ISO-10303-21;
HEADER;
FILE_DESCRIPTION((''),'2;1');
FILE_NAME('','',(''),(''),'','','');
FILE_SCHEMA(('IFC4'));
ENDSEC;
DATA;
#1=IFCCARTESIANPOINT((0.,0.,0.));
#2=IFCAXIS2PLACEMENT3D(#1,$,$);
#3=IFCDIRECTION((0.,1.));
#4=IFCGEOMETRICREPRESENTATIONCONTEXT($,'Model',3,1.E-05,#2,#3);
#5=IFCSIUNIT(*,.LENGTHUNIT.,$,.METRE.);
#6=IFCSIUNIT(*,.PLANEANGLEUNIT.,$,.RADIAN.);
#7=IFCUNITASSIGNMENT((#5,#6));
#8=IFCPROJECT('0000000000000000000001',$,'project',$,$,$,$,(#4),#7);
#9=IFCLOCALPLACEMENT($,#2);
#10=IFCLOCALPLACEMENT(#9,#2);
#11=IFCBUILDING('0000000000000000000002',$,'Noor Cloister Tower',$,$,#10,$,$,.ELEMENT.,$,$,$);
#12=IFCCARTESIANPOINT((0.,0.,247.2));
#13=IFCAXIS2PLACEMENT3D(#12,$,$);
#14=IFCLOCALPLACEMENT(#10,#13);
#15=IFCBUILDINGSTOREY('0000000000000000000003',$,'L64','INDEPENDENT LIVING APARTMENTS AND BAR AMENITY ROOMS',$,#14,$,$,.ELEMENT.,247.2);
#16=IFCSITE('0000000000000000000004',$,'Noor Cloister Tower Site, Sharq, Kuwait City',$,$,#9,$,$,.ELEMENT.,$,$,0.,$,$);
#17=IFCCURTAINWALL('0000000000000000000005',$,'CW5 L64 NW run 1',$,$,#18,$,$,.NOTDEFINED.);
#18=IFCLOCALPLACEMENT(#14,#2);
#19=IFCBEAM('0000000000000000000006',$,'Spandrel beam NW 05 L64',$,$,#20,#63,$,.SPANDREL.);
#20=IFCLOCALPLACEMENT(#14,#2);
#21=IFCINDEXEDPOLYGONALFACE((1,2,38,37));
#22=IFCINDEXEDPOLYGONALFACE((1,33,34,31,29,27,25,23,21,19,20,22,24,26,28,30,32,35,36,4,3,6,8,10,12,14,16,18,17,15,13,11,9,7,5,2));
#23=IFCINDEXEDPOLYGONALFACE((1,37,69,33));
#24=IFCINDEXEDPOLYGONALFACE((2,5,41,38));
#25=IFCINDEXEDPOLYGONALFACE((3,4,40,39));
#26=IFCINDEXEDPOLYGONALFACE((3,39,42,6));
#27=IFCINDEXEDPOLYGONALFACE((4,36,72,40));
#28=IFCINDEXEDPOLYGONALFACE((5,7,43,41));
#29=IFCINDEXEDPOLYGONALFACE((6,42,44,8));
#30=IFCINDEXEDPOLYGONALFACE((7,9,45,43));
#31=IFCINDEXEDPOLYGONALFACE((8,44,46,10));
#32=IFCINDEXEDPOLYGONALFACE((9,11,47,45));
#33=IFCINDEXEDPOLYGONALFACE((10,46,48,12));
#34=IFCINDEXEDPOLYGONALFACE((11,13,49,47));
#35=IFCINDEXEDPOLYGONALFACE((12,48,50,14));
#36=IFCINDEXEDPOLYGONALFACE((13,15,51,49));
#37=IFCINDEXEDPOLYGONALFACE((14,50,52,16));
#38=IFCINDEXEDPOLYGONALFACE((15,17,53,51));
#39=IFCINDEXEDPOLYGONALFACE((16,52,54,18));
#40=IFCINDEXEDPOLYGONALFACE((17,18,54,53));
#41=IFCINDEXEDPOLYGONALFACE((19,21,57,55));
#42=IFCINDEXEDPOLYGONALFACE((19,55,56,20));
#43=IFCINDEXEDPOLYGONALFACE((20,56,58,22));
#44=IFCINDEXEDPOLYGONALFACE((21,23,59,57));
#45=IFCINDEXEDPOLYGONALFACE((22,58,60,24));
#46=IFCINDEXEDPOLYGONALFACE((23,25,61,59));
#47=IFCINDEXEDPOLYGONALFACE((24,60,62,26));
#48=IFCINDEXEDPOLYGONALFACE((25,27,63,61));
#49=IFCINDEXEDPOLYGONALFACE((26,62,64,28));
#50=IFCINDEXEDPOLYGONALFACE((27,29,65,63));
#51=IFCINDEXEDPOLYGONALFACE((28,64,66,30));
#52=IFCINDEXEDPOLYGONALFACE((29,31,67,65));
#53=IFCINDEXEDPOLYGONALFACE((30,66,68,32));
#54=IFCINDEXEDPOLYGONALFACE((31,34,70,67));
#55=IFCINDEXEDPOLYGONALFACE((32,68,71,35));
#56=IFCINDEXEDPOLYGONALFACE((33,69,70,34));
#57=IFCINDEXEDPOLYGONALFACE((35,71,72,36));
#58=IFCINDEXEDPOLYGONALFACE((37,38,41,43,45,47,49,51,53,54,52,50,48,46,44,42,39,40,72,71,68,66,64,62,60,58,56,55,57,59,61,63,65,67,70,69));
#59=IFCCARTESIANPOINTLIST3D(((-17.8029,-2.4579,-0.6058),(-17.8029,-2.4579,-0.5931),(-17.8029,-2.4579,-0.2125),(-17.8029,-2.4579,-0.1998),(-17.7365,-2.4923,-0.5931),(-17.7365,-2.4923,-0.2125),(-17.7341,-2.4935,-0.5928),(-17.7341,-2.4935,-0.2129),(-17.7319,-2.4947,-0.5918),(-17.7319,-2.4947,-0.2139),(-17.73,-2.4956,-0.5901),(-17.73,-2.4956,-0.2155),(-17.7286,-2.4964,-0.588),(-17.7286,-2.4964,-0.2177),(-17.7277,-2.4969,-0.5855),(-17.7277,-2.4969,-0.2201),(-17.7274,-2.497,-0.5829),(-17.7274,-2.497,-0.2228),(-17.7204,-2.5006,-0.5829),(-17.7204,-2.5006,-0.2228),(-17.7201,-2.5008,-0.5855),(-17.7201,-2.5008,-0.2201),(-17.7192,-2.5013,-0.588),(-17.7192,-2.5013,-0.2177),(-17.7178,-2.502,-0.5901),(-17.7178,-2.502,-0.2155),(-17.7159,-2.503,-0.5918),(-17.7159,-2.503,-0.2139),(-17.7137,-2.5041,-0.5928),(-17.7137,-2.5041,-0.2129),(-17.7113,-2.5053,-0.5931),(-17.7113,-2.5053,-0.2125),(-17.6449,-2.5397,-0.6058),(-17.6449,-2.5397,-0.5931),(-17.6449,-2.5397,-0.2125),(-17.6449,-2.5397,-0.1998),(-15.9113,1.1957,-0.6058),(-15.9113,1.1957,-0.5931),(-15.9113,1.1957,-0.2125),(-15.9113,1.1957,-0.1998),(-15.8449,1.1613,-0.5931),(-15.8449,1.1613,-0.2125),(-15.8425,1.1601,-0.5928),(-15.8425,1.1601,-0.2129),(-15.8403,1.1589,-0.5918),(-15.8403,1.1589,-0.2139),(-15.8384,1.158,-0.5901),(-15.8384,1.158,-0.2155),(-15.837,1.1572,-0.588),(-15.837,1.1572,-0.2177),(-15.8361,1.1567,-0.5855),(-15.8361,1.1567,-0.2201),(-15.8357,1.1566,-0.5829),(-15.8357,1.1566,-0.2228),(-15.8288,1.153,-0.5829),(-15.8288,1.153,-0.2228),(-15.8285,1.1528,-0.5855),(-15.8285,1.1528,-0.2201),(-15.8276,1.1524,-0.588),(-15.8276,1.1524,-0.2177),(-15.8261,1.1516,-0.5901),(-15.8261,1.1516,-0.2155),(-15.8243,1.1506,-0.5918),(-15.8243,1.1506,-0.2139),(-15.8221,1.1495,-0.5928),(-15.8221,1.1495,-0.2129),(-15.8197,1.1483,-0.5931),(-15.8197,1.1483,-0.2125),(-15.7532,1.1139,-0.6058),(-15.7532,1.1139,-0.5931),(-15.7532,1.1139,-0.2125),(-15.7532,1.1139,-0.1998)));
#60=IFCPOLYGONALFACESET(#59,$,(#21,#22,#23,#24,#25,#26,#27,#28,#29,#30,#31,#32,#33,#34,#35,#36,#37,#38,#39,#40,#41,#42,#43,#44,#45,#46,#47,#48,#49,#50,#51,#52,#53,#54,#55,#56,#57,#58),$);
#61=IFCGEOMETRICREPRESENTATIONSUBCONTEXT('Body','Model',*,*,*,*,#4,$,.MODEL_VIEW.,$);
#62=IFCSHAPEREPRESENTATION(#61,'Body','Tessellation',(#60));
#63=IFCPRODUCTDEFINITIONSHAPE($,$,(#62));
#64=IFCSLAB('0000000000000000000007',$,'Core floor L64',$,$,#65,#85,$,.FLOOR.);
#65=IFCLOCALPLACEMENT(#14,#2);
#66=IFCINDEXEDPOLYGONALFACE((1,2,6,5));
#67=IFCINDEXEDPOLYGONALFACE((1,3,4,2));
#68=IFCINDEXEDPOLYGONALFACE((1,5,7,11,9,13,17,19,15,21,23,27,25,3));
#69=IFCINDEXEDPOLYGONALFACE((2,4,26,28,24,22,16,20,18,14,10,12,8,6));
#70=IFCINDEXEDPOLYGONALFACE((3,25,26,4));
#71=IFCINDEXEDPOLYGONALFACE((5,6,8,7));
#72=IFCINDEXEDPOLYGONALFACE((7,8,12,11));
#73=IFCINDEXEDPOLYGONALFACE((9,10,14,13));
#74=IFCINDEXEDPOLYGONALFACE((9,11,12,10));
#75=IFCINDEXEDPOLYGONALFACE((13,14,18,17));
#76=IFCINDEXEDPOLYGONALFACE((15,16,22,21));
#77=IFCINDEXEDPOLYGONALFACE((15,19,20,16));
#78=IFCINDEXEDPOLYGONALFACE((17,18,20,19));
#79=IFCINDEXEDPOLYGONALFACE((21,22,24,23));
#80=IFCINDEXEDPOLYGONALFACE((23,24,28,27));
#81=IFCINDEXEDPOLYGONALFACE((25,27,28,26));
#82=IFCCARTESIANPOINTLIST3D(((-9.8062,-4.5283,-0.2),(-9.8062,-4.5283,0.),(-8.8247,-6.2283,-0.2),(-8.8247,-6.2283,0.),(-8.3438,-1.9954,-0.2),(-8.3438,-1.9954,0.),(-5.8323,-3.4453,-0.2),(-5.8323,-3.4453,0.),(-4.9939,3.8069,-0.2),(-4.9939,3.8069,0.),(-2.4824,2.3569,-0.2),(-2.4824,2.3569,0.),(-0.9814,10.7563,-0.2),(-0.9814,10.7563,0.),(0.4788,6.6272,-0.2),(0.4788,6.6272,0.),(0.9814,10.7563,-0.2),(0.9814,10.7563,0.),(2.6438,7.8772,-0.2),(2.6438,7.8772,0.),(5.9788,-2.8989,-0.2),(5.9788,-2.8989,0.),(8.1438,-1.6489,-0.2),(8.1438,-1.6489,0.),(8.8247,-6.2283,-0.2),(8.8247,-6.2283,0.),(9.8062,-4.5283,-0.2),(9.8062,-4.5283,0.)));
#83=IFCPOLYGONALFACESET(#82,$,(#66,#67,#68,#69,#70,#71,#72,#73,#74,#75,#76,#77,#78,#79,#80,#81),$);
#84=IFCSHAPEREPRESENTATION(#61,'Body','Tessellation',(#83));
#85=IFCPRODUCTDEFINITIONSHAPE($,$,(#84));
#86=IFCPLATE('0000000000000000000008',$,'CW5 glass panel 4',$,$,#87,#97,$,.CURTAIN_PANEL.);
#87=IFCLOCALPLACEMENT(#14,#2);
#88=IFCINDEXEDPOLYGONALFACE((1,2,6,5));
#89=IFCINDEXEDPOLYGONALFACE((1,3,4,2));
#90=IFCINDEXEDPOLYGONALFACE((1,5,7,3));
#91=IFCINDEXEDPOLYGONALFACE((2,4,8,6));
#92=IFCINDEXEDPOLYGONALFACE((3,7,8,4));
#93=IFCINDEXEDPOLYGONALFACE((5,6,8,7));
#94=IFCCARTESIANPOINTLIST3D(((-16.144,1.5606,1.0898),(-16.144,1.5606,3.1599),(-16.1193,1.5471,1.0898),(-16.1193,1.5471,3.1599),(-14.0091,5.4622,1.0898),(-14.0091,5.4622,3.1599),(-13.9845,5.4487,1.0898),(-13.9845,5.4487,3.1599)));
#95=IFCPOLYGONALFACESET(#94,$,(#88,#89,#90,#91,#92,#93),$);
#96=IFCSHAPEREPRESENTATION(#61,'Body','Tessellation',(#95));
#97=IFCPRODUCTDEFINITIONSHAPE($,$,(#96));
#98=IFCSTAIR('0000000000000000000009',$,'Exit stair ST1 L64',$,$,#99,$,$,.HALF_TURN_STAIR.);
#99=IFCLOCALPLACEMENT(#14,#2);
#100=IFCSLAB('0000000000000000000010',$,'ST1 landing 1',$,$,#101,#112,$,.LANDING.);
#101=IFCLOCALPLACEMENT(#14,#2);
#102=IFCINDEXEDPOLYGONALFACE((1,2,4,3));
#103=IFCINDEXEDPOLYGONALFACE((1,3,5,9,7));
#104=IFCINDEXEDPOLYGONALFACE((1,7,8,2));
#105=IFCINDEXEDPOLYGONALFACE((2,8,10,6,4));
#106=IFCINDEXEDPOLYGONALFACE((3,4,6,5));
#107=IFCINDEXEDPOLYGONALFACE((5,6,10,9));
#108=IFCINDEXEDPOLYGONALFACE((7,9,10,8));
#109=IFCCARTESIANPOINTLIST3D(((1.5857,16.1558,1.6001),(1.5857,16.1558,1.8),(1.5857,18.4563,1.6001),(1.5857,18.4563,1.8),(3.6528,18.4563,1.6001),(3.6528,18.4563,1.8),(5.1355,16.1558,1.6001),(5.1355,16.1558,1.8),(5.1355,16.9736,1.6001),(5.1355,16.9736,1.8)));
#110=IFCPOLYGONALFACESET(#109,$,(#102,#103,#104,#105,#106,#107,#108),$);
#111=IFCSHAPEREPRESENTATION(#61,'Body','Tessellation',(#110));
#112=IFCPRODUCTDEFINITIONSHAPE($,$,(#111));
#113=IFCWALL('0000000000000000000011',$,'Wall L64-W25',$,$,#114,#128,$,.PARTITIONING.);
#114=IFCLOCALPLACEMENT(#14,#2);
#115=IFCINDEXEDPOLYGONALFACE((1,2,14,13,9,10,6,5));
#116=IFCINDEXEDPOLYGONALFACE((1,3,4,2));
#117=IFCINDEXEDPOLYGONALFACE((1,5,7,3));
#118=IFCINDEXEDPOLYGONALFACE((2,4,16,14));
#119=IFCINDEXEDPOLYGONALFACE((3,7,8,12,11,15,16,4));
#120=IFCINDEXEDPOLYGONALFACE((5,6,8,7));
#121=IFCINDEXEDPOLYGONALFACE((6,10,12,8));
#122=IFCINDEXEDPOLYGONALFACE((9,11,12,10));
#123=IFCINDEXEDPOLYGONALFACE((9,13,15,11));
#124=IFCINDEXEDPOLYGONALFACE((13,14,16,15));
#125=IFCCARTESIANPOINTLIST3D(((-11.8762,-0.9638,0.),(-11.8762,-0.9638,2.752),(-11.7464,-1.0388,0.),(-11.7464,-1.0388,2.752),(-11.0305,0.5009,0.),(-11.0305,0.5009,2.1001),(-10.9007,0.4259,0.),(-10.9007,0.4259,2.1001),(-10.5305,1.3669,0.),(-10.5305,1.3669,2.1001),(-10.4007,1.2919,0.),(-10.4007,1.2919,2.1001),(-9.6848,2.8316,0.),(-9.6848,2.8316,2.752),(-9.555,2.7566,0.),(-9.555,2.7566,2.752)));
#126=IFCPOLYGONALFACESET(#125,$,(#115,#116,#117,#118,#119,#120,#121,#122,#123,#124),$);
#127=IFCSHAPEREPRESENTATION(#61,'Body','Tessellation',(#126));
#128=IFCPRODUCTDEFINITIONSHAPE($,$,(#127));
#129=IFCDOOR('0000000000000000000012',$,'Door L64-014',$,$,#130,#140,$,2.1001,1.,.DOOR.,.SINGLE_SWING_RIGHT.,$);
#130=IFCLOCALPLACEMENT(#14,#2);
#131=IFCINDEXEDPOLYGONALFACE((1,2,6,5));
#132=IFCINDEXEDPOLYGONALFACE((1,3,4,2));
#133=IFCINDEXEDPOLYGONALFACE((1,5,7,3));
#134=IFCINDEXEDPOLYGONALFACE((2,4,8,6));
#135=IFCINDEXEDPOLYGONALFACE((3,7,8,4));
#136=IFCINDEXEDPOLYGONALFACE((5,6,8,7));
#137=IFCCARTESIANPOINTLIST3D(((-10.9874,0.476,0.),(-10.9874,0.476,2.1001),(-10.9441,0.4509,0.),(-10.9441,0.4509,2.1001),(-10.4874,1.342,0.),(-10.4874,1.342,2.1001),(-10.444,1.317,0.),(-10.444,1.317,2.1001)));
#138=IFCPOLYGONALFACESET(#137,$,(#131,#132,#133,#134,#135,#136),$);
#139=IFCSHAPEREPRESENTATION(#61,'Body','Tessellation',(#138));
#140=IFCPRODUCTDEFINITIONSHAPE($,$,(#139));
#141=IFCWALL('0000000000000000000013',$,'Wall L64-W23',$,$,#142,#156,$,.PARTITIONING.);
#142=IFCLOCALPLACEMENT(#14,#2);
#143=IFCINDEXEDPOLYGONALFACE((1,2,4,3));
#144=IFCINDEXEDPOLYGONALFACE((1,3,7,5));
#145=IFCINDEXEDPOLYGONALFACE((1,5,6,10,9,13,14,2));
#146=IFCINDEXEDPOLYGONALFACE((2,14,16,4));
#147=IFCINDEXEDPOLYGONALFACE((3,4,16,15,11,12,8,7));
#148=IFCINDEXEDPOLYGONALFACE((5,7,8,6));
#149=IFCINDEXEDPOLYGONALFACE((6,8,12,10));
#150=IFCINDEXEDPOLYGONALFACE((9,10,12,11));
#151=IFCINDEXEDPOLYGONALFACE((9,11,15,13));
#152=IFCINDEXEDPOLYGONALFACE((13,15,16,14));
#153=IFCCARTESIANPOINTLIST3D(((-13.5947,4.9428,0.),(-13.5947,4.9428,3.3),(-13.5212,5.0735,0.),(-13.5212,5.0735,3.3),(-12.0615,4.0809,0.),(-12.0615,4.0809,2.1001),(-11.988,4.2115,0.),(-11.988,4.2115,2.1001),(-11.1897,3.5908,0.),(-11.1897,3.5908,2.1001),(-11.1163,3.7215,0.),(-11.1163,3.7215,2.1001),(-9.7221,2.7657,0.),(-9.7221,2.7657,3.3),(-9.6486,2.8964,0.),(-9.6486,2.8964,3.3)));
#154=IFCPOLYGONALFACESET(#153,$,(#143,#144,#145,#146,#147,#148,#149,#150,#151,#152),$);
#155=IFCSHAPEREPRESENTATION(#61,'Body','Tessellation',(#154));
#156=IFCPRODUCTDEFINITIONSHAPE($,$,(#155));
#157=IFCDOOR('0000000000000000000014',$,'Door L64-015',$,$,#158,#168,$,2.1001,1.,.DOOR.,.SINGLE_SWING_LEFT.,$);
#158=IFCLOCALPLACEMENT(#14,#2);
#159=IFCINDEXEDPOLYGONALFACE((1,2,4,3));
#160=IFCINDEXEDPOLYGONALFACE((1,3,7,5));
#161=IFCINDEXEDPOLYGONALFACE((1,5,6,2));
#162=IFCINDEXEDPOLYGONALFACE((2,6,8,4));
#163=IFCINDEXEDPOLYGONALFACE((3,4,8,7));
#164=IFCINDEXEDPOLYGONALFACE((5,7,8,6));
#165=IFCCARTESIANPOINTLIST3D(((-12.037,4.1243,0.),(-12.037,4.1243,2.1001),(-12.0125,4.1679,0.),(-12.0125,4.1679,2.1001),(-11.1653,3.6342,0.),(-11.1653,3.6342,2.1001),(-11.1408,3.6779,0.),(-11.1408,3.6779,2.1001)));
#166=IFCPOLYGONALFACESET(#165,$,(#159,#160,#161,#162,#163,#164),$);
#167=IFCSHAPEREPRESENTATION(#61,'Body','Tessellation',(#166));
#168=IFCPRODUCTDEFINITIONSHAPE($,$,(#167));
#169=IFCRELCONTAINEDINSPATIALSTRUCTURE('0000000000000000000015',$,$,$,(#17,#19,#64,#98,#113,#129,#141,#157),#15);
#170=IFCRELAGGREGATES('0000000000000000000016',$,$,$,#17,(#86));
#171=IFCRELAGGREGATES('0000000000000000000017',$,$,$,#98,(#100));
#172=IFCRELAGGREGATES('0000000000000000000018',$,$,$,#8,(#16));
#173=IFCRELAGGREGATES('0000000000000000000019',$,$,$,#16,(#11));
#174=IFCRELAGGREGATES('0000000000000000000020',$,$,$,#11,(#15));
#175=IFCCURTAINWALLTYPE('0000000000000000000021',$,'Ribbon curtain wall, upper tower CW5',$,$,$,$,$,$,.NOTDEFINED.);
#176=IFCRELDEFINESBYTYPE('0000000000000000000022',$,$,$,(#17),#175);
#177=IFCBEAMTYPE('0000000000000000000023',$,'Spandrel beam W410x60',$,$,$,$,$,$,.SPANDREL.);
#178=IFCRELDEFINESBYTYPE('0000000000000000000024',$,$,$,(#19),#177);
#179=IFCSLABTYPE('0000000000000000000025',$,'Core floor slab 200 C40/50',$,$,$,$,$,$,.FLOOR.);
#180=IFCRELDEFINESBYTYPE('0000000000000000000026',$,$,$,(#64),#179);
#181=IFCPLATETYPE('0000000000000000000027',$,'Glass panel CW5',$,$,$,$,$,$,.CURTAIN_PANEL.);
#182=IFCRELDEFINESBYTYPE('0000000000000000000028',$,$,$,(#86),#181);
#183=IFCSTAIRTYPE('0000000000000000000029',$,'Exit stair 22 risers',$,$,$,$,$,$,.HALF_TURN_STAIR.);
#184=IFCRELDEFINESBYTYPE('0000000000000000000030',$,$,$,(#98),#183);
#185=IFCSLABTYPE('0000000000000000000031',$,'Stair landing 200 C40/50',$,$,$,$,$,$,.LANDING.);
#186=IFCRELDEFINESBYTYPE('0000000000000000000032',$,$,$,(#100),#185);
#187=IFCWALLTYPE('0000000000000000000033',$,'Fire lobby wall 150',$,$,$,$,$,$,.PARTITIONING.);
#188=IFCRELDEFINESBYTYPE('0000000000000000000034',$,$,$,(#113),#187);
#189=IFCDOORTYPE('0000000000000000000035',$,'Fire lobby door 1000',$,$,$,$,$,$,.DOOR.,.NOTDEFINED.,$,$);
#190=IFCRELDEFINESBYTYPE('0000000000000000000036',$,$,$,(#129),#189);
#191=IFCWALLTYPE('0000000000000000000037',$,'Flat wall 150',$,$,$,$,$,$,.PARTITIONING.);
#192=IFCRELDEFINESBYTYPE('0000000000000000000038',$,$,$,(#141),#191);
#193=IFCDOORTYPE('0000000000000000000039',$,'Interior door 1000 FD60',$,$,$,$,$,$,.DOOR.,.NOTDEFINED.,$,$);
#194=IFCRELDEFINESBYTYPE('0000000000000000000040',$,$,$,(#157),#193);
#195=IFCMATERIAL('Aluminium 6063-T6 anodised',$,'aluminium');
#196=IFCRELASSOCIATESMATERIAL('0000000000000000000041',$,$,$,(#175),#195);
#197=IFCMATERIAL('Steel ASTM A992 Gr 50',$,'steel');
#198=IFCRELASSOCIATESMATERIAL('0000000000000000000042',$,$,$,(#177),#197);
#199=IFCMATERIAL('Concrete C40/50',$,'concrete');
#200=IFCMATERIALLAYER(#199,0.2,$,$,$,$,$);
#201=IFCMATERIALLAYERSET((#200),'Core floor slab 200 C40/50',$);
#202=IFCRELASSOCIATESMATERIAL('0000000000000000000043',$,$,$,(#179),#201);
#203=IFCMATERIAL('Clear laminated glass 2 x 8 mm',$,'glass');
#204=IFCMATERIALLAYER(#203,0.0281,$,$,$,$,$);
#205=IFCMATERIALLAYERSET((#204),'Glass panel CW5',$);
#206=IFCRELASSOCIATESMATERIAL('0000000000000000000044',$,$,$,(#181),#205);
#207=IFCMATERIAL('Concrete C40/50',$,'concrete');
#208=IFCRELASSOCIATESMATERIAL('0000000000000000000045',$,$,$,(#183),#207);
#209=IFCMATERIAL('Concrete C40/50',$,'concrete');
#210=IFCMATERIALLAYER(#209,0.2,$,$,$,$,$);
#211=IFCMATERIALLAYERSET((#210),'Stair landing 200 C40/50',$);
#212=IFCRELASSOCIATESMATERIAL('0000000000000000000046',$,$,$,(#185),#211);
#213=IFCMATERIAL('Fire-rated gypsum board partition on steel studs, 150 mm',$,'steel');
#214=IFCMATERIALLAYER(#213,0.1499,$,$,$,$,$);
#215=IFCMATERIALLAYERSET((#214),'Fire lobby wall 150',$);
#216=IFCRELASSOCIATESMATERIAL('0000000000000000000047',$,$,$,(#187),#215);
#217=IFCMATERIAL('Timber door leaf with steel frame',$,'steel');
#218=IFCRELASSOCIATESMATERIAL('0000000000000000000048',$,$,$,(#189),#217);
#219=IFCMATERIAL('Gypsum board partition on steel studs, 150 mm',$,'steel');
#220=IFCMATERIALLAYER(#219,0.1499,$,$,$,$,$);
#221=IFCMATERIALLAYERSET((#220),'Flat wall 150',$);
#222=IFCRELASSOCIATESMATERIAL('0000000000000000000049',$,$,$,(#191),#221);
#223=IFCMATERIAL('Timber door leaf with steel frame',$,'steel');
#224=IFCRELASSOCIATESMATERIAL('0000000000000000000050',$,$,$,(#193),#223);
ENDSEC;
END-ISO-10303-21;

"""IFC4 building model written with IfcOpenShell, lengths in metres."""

from ifc_helpers import new_model, si_unit, direction, frame, frame_2d, origin, origin_2d, place, context, subcontext, project, spatial, polyline, rectangle, i_section, outline, extrude, material, layer, layer_set, material_profile, profile_set, type_object, element, fill, aggregate, save


model = new_model("IFC4")

# Units and contexts
model_context = context("Model", 3, precision=1e-05, world=origin(), true_north=direction((0.0, 1.0)))
body_context = subcontext(model_context, "Body", "Model", "MODEL_VIEW")
ifc_project = project(units=[si_unit("LENGTHUNIT", "METRE"), si_unit("PLANEANGLEUNIT", "RADIAN")], contexts=[model_context])

# Site, building, storey
site_placement = place(None, origin())
site = spatial("IfcSite", under=ifc_project, at=site_placement, Name="Noor Cloister Tower Site, Sharq, Kuwait City", CompositionType="ELEMENT", RefElevation=0.0)
building_placement = place(site_placement, origin())
building = spatial("IfcBuilding", under=site, at=building_placement, Name="Noor Cloister Tower", CompositionType="ELEMENT")
storey_placement = place(building_placement, frame((0.0, 0.0, 247.2)))
storey = spatial("IfcBuildingStorey", under=building, at=storey_placement, Name="L64", Description="INDEPENDENT LIVING APARTMENTS AND BAR AMENITY ROOMS", CompositionType="ELEMENT", Elevation=247.2)

# Curtain wall
ifc_material_1 = material(Name="Aluminium 6063-T6 anodised", Category="aluminium")
curtain_wall_type = type_object("IfcCurtainWallType", Name="Ribbon curtain wall, upper tower CW5", PredefinedType="NOTDEFINED", material=ifc_material_1)
curtain_wall_placement = place(storey_placement, origin())
curtain_wall = element("IfcCurtainWall", 1, at=curtain_wall_placement, inside=storey, type_object=curtain_wall_type, Name="CW5 L64 NW run 1", PredefinedType="NOTDEFINED")

# Beam
ifc_material_2 = material(Name="Steel ASTM A992 Gr 50", Category="steel")
ifc_material_profile_1 = material_profile(ifc_material_2, i_section(OverallWidth=0.178, OverallDepth=0.406, WebThickness=0.0078, FlangeThickness=0.0127, FilletRadius=0.0103, at=origin_2d()), Name="W410x60")
ifc_profile_set_1 = profile_set([ifc_material_profile_1], Name="Steel ASTM A992 Gr 50")
beam_type_1 = type_object("IfcBeamType", Name="Spandrel beam W410x60", PredefinedType="SPANDREL", material=ifc_profile_set_1)
beam_1_placement = place(storey_placement, frame((-15.8323, 1.1548, -0.4028), z_axis=(-0.459773, -0.888036, 0.0), x_axis=(0.888036, -0.459773, 0.0)))
element("IfcBeam", 2, at=beam_1_placement, inside=storey, type_object=beam_type_1, Name="Spandrel beam NW 05 L64", PredefinedType="SPANDREL", context=body_context, shape_type="SweptSolid", body=[
    extrude(i_section(OverallWidth=0.178, OverallDepth=0.406, WebThickness=0.0078, FlangeThickness=0.0127, FilletRadius=0.0103, at=origin_2d()), origin(), (0.0, 0.0, 1.0), 4.1143),
])

# Slab
ifc_material_3 = material(Name="Concrete C40/50", Category="concrete")
ifc_layer_1 = layer(ifc_material_3, 0.2)
ifc_layer_set_1 = layer_set([ifc_layer_1], Name="Core floor slab 200 C40/50")
slab_type_1 = type_object("IfcSlabType", Name="Core floor slab 200 C40/50", PredefinedType="FLOOR", material=ifc_layer_set_1)
slab_1_placement = place(storey_placement, frame((0.0, 0.0, -0.2)))
element("IfcSlab", 3, at=slab_1_placement, inside=storey, type_object=slab_type_1, Name="Core floor L64", PredefinedType="FLOOR", context=body_context, shape_type="SweptSolid", body=[
    extrude(outline(polyline([(2.6438, 7.8772), (0.9814, 10.7563), (-0.9814, 10.7563), (-4.9939, 3.8069), (-2.4824, 2.3569), (-5.8323, -3.4453), (-8.3438, -1.9954), (-9.8062, -4.5283), (-8.8247, -6.2283), (8.8247, -6.2283), (9.8062, -4.5283), (8.1438, -1.6489), (5.9788, -2.8989), (0.4788, 6.6272), (2.6438, 7.8772)])), origin(), (0.0, 0.0, 1.0), 0.2),
])

# Plate
ifc_material_4 = material(Name="Clear laminated glass 2 x 8 mm", Category="glass")
ifc_layer_2 = layer(ifc_material_4, 0.0281)
ifc_layer_set_2 = layer_set([ifc_layer_2], Name="Glass panel CW5")
plate_type = type_object("IfcPlateType", Name="Glass panel CW5", PredefinedType="CURTAIN_PANEL", material=ifc_layer_set_2)
plate_placement = place(storey_placement, frame((-15.0642, 3.5046, 1.0898), z_axis=(0.0, 0.0, 1.0), x_axis=(-0.480015, -0.87726, 0.0)))
plate = element("IfcPlate", 4, at=plate_placement, type_object=plate_type, Name="CW5 glass panel 4", PredefinedType="CURTAIN_PANEL", context=body_context, shape_type="SweptSolid", body=[
    extrude(rectangle(XDim=4.4475, YDim=0.0281, at=origin_2d()), origin(), (0.0, 0.0, 1.0), 2.0701),
])
aggregate(curtain_wall, [plate])

# Stair, slab
ifc_material_5 = material(Name="Concrete C40/50", Category="concrete")
stair_type = type_object("IfcStairType", Name="Exit stair 22 risers", PredefinedType="HALF_TURN_STAIR", material=ifc_material_5)
stair_placement = place(storey_placement, origin())
stair = element("IfcStair", 5, at=stair_placement, inside=storey, type_object=stair_type, Name="Exit stair ST1 L64", PredefinedType="HALF_TURN_STAIR")
ifc_material_6 = material(Name="Concrete C40/50", Category="concrete")
ifc_layer_3 = layer(ifc_material_6, 0.2)
ifc_layer_set_3 = layer_set([ifc_layer_3], Name="Stair landing 200 C40/50")
slab_type_2 = type_object("IfcSlabType", Name="Stair landing 200 C40/50", PredefinedType="LANDING", material=ifc_layer_set_3)
slab_2_placement = place(storey_placement, frame((0.0, 0.0, 1.6001)))
slab_2 = element("IfcSlab", 6, at=slab_2_placement, type_object=slab_type_2, Name="ST1 landing 1", PredefinedType="LANDING", context=body_context, shape_type="SweptSolid", body=[
    extrude(outline(polyline([(5.1355, 16.1558), (5.1355, 16.9736), (3.6528, 18.4563), (1.5857, 18.4563), (1.5857, 16.1558), (5.1355, 16.1558)])), origin(), (0.0, 0.0, 1.0), 0.2),
])
aggregate(stair, [slab_2])

# Walls, openings, doors
ifc_material_7 = material(Name="Fire-rated gypsum board partition on steel studs, 150 mm", Category="steel")
ifc_layer_4 = layer(ifc_material_7, 0.1499)
ifc_layer_set_4 = layer_set([ifc_layer_4], Name="Fire lobby wall 150")
wall_type_1 = type_object("IfcWallType", Name="Fire lobby wall 150", PredefinedType="PARTITIONING", material=ifc_layer_set_4)
wall_1_placement = place(storey_placement, frame((-9.6199, 2.7942, 0.0), z_axis=(0.0, 0.0, 1.0), x_axis=(-0.500021, -0.866013, 0.0)))
wall_1 = element("IfcWall", 7, at=wall_1_placement, inside=storey, type_object=wall_type_1, Name="Wall L64-W25", PredefinedType="PARTITIONING", context=body_context, shape_type="SweptSolid", body=[
    extrude(rectangle(XDim=4.3826, YDim=0.1499, at=frame_2d((2.1914, 0.0))), origin(), (0.0, 0.0, 1.0), 2.752),
])
opening_1_placement = place(wall_1_placement, frame((1.6914, 0.0, 0.0)))
opening_1 = element("IfcOpeningElement", 8, at=opening_1_placement, cuts=wall_1, PredefinedType="OPENING", context=body_context, shape_type="SweptSolid", body=[
    extrude(rectangle(XDim=1.0, YDim=2.1001, at=frame_2d((0.5, 1.05))), frame((0.0, 0.085, 0.0), z_axis=(0.0, -1.0, 0.0), x_axis=(1.0, 0.0, 0.0)), (0.0, 0.0, 1.0), 0.1699),
])
ifc_material_8 = material(Name="Timber door leaf with steel frame", Category="steel")
door_type_1 = type_object("IfcDoorType", Name="Fire lobby door 1000", OperationType="NOTDEFINED", PredefinedType="DOOR", material=ifc_material_8)
door_1_placement = place(opening_1_placement, origin())
door_1 = element("IfcDoor", 9, at=door_1_placement, inside=storey, type_object=door_type_1, Name="Door L64-014", OperationType="SINGLE_SWING_RIGHT", OverallHeight=2.1001, OverallWidth=1.0, PredefinedType="DOOR", context=body_context, shape_type="SweptSolid", body=[
    extrude(rectangle(XDim=1.0, YDim=2.1001, at=frame_2d((0.5, 1.05))), frame((0.0, 0.0249, 0.0), z_axis=(0.0, -1.0, 0.0), x_axis=(1.0, 0.0, 0.0)), (0.0, 0.0, 1.0), 0.05),
])
fill(opening_1, door_1)
ifc_material_9 = material(Name="Gypsum board partition on steel studs, 150 mm", Category="steel")
ifc_layer_5 = layer(ifc_material_9, 0.1499)
ifc_layer_set_5 = layer_set([ifc_layer_5], Name="Flat wall 150")
wall_type_2 = type_object("IfcWallType", Name="Flat wall 150", PredefinedType="PARTITIONING", material=ifc_layer_set_5)
wall_2_placement = place(storey_placement, frame((-13.5579, 5.0081, 0.0), z_axis=(0.0, 0.0, 1.0), x_axis=(0.871702, -0.490037, 0.0)))
wall_2 = element("IfcWall", 10, at=wall_2_placement, inside=storey, type_object=wall_type_2, Name="Wall L64-W23", PredefinedType="PARTITIONING", context=body_context, shape_type="SweptSolid", body=[
    extrude(rectangle(XDim=4.4426, YDim=0.1499, at=frame_2d((2.2212, 0.0))), origin(), (0.0, 0.0, 1.0), 3.3),
])
opening_2_placement = place(wall_2_placement, frame((1.7588, 0.0, 0.0)))
opening_2 = element("IfcOpeningElement", 11, at=opening_2_placement, cuts=wall_2, PredefinedType="OPENING", context=body_context, shape_type="SweptSolid", body=[
    extrude(rectangle(XDim=1.0, YDim=2.1001, at=frame_2d((0.5, 1.05))), frame((0.0, 0.085, 0.0), z_axis=(0.0, -1.0, 0.0), x_axis=(1.0, 0.0, 0.0)), (0.0, 0.0, 1.0), 0.1699),
])
ifc_material_10 = material(Name="Timber door leaf with steel frame", Category="steel")
door_type_2 = type_object("IfcDoorType", Name="Interior door 1000 FD60", OperationType="NOTDEFINED", PredefinedType="DOOR", material=ifc_material_10)
door_2_placement = place(opening_2_placement, origin())
door_2 = element("IfcDoor", 12, at=door_2_placement, inside=storey, type_object=door_type_2, Name="Door L64-015", OperationType="SINGLE_SWING_LEFT", OverallHeight=2.1001, OverallWidth=1.0, PredefinedType="DOOR", context=body_context, shape_type="SweptSolid", body=[
    extrude(rectangle(XDim=1.0, YDim=2.1001, at=frame_2d((0.5, 1.05))), frame((0.0, 0.0249, 0.0), z_axis=(0.0, -1.0, 0.0), x_axis=(1.0, 0.0, 0.0)), (0.0, 0.0, 1.0), 0.05),
])
fill(opening_2, door_2)

save(model, "model.ifc")
